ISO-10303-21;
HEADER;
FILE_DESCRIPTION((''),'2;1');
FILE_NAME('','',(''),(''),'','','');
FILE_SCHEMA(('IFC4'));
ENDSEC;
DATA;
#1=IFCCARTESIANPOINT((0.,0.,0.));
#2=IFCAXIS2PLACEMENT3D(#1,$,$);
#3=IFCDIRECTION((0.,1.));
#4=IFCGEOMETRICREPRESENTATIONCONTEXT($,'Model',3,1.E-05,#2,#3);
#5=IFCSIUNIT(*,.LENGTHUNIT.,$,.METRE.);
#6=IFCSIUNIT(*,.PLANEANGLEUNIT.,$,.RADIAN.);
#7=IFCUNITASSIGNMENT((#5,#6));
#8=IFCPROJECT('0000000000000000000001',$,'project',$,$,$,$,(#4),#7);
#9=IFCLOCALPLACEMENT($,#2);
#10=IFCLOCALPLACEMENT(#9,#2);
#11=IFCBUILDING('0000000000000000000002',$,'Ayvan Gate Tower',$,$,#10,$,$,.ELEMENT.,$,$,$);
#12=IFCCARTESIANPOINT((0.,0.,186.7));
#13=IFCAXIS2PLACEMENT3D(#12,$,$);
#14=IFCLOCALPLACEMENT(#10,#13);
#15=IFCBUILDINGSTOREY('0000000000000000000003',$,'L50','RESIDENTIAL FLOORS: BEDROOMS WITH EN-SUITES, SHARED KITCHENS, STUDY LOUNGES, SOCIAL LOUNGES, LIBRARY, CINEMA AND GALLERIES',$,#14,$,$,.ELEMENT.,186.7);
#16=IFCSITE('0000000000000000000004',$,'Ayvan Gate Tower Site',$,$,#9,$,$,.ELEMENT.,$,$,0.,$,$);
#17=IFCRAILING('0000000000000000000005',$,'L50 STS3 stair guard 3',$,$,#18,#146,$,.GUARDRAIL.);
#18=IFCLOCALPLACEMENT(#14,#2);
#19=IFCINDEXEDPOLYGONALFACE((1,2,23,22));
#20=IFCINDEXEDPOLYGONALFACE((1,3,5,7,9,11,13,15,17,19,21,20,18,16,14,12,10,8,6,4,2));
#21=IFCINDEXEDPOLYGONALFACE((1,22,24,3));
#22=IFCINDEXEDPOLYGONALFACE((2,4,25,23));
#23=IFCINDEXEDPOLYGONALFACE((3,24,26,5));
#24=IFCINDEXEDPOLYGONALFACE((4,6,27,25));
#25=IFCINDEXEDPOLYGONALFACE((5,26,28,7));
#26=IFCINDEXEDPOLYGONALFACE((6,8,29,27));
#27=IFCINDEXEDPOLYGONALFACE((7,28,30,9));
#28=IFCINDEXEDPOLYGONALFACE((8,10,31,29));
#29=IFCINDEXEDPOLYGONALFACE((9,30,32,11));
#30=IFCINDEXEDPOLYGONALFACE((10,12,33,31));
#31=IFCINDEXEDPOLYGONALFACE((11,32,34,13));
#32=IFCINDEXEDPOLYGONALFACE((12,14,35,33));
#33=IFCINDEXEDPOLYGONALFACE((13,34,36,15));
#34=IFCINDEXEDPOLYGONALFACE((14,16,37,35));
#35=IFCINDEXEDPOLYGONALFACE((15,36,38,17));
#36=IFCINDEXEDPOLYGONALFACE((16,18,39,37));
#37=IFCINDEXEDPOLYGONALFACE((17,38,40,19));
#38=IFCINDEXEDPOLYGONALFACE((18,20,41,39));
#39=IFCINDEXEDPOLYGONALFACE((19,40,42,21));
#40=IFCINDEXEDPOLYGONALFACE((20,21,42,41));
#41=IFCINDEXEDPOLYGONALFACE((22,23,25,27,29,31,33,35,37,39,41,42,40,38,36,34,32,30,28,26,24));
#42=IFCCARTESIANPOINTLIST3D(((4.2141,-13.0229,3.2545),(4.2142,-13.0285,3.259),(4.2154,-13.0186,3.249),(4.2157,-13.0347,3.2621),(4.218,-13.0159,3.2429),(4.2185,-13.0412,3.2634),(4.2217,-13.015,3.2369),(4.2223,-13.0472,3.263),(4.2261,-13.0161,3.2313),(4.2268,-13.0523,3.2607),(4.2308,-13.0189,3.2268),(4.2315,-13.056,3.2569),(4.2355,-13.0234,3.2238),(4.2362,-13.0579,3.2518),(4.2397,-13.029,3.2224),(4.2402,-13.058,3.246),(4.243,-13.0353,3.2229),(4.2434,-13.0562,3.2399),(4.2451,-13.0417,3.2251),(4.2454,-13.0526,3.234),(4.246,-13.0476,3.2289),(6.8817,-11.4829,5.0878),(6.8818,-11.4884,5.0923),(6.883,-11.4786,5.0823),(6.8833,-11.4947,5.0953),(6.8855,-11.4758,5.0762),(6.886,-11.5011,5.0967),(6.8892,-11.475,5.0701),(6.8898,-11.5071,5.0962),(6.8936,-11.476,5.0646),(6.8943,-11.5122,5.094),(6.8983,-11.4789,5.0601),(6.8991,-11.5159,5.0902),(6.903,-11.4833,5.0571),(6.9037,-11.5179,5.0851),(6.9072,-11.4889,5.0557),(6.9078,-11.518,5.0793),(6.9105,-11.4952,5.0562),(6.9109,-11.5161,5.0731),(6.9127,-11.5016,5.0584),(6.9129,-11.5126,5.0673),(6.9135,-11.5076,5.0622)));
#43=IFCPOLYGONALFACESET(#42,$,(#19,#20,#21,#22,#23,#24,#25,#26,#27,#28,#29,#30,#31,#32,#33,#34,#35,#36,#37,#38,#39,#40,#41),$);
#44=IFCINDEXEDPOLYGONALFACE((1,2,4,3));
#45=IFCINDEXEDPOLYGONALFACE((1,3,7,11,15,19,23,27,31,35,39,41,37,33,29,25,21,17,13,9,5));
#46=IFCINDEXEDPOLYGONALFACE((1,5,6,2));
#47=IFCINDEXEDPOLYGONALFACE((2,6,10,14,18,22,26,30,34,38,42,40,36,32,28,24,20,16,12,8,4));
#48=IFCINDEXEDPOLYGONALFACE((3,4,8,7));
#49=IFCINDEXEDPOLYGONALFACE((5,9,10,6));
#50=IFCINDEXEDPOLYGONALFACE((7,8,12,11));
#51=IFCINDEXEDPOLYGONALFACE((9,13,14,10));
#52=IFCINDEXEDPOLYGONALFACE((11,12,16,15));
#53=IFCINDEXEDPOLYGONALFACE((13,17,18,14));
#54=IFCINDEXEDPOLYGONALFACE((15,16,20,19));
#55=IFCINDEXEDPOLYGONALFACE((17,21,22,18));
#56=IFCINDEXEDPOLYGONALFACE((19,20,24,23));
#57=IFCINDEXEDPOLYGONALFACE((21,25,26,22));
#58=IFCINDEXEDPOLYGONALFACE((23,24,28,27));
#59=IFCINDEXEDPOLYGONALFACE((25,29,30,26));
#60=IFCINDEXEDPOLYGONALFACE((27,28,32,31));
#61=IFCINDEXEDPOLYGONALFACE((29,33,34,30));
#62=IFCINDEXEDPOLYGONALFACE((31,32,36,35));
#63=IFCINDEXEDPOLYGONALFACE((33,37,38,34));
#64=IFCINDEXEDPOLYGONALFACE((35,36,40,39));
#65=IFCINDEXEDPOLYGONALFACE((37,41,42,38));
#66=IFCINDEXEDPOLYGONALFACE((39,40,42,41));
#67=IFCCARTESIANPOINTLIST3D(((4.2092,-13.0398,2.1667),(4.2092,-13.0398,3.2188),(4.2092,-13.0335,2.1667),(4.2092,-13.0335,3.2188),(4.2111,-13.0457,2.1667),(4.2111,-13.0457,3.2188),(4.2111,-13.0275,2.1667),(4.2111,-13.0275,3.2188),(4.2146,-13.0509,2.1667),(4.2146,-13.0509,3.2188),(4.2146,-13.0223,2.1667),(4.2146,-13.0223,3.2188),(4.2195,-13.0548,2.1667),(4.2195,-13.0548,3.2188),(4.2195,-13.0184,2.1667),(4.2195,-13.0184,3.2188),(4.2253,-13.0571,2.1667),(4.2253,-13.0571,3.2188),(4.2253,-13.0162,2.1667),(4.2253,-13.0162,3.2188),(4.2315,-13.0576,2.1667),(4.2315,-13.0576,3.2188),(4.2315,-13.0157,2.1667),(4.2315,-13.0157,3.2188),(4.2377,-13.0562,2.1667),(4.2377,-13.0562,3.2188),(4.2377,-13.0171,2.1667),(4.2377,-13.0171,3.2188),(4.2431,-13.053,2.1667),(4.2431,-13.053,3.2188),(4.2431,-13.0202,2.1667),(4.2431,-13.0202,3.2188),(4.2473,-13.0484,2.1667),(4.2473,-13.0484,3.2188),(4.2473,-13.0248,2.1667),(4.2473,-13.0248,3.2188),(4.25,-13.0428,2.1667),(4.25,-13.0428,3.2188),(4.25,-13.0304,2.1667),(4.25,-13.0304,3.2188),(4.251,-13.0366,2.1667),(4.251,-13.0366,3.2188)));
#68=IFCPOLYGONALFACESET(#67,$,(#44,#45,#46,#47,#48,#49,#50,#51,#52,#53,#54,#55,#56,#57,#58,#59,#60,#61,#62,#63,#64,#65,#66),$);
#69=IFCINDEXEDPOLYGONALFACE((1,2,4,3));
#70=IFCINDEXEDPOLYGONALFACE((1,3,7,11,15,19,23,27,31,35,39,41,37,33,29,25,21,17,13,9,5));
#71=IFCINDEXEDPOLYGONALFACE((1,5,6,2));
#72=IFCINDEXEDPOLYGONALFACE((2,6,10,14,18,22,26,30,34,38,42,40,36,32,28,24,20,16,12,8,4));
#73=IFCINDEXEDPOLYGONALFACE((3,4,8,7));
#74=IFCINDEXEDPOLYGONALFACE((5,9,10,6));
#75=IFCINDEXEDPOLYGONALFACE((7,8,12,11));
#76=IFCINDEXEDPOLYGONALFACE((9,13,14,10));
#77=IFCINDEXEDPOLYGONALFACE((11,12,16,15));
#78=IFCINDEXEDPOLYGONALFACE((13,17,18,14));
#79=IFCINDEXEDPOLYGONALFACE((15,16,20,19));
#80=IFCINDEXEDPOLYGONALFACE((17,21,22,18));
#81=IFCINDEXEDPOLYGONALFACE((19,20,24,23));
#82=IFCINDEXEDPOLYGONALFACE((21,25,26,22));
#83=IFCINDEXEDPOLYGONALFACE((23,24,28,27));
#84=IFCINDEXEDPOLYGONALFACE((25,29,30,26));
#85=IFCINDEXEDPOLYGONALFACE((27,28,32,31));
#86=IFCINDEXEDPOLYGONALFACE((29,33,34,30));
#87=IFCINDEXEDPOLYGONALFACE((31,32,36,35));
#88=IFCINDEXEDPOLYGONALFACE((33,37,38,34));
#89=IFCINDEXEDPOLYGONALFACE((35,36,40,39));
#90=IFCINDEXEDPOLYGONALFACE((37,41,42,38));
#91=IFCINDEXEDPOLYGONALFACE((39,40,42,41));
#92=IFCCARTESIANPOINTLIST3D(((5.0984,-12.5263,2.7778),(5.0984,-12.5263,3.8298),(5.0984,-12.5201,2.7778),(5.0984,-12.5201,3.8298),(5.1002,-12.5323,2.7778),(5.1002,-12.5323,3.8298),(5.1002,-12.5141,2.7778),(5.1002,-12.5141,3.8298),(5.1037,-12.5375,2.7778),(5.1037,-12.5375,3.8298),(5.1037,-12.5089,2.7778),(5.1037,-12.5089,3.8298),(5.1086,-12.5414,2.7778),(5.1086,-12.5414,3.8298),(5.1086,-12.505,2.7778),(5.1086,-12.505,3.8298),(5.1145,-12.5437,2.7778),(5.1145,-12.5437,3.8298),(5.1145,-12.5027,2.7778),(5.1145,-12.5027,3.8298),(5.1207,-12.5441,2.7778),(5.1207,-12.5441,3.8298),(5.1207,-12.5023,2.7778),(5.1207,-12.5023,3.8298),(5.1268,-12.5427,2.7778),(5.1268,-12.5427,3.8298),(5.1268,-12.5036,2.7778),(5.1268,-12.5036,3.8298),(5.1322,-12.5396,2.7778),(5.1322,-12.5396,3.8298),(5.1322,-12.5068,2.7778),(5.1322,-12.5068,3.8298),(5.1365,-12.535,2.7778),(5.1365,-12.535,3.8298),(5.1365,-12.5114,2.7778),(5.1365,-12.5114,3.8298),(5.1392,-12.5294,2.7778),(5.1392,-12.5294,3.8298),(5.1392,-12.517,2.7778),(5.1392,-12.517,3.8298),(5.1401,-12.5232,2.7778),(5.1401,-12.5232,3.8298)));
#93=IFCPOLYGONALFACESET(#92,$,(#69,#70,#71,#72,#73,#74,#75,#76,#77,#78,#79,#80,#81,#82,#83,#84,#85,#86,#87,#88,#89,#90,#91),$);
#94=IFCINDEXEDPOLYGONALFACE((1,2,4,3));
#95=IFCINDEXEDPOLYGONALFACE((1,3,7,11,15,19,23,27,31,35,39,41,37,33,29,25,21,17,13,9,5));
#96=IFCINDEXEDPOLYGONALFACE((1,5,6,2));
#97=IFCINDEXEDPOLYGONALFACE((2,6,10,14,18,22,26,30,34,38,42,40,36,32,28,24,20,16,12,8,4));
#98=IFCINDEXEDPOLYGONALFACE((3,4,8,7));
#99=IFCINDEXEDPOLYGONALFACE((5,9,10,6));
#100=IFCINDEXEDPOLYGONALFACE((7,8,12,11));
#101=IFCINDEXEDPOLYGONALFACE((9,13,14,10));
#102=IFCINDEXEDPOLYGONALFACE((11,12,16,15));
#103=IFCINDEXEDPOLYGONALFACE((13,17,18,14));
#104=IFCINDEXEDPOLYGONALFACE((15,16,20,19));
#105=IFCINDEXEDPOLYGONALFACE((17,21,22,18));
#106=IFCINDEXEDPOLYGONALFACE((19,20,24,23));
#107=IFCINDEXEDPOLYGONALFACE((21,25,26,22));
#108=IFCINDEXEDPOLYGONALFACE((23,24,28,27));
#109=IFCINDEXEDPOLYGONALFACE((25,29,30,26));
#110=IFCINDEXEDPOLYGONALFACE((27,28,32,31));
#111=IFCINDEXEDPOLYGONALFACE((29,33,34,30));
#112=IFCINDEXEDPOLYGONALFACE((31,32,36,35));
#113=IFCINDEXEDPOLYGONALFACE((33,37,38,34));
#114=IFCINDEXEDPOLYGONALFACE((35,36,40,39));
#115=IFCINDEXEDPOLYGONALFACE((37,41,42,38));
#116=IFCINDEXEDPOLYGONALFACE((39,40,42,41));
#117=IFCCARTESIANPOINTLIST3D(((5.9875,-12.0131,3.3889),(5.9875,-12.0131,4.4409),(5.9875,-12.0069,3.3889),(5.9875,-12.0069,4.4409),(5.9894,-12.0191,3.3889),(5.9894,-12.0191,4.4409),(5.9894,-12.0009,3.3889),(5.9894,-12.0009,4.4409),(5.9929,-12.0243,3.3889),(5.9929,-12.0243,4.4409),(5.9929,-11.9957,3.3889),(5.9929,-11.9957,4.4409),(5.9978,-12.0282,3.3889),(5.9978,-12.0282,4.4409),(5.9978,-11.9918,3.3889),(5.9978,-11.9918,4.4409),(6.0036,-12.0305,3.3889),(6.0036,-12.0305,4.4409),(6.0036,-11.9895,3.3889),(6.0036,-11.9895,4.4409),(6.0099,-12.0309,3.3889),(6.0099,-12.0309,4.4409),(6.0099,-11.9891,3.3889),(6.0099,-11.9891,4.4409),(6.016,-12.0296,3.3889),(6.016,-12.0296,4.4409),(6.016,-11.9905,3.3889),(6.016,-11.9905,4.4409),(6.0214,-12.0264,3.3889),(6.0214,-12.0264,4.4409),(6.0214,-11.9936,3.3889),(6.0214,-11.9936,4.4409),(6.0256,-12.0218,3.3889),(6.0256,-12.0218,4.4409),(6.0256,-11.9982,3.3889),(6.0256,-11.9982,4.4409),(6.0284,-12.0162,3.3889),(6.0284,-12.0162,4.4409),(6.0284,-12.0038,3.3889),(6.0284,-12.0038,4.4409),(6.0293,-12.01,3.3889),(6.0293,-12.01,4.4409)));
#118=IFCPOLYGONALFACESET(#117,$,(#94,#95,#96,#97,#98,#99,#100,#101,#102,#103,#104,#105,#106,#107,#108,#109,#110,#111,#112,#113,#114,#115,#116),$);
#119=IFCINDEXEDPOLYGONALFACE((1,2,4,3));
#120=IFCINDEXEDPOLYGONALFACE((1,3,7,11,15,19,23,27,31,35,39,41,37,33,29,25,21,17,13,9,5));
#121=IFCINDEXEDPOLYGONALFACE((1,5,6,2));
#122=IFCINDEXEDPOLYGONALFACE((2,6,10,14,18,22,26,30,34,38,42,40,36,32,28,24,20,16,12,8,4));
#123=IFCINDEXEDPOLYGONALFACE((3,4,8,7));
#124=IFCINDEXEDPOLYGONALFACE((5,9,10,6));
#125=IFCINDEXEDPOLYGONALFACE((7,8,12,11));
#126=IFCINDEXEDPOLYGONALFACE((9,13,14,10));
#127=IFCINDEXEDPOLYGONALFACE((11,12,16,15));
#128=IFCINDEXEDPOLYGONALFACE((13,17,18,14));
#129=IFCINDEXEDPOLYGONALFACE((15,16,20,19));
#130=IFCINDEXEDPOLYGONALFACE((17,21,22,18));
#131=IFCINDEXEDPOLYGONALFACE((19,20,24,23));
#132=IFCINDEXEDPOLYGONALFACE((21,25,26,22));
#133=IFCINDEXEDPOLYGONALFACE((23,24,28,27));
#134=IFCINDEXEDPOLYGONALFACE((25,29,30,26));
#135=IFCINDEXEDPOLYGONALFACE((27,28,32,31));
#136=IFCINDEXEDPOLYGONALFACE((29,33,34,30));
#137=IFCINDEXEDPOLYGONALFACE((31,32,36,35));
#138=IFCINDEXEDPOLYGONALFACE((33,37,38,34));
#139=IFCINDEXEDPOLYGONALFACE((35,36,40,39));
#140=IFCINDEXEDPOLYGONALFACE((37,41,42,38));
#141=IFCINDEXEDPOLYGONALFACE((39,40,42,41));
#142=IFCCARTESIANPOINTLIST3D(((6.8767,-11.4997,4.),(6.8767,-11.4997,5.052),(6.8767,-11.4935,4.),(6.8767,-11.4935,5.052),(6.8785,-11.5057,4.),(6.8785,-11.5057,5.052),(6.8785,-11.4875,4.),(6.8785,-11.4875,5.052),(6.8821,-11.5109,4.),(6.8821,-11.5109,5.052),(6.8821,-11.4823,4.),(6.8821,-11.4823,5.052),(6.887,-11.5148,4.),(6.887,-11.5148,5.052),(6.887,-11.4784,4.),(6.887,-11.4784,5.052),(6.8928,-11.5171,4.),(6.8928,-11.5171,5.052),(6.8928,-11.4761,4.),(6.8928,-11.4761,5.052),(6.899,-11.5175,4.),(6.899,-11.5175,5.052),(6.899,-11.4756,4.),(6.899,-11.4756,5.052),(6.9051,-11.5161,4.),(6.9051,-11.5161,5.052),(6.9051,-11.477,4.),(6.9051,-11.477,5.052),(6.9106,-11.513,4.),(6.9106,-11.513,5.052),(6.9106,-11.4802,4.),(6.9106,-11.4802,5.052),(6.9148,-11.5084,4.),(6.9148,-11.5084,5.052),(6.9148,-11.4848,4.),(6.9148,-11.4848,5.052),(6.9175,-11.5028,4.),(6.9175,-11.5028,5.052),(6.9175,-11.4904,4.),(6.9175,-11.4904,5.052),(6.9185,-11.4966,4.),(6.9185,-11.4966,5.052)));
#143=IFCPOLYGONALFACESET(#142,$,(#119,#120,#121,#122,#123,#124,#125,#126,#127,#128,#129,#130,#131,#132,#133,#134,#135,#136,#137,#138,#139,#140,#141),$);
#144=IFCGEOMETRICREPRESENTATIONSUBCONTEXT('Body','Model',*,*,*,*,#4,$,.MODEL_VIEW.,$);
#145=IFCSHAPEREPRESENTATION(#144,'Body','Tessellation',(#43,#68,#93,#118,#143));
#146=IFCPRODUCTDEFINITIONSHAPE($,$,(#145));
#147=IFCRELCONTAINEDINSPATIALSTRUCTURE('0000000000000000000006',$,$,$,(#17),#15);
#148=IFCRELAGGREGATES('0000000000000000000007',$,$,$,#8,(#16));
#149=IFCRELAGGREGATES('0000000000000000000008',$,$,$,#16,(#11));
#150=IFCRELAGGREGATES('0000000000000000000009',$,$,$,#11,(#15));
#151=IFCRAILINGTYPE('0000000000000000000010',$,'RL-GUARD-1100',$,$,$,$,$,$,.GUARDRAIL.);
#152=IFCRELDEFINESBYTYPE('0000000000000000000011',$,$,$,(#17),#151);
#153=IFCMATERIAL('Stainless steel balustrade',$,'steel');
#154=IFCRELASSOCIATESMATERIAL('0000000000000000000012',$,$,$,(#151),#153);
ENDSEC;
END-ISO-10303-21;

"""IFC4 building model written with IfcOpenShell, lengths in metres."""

from ifc_helpers import new_model, si_unit, direction, frame, origin, origin_2d, place, context, subcontext, project, spatial, circle, extrude, material, type_object, element, save


model = new_model("IFC4")

# Units and contexts
model_context = context("Model", 3, precision=1e-05, world=origin(), true_north=direction((0.0, 1.0)))
body_context = subcontext(model_context, "Body", "Model", "MODEL_VIEW")
ifc_project = project(units=[si_unit("LENGTHUNIT", "METRE"), si_unit("PLANEANGLEUNIT", "RADIAN")], contexts=[model_context])

# Site, building, storey
site_placement = place(None, origin())
site = spatial("IfcSite", under=ifc_project, at=site_placement, Name="Ayvan Gate Tower Site", CompositionType="ELEMENT", RefElevation=0.0)
building_placement = place(site_placement, origin())
building = spatial("IfcBuilding", under=site, at=building_placement, Name="Ayvan Gate Tower", CompositionType="ELEMENT")
storey_placement = place(building_placement, frame((0.0, 0.0, 186.7)))
storey = spatial("IfcBuildingStorey", under=building, at=storey_placement, Name="L50", Description="RESIDENTIAL FLOORS: BEDROOMS WITH EN-SUITES, SHARED KITCHENS, STUDY LOUNGES, SOCIAL LOUNGES, LIBRARY, CINEMA AND GALLERIES", CompositionType="ELEMENT", Elevation=186.7)

# Railing
ifc_material_1 = material(Name="Stainless steel balustrade", Category="steel")
railing_type_1 = type_object("IfcRailingType", Name="RL-GUARD-1100", PredefinedType="GUARDRAIL", material=ifc_material_1)
railing_1_placement = place(storey_placement, frame((4.23, -13.0366, 2.1667)))
element("IfcRailing", 1, at=railing_1_placement, inside=storey, type_object=railing_type_1, Name="L50 STS3 stair guard 3", PredefinedType="GUARDRAIL", context=body_context, shape_type="SweptSolid", body=[
    extrude(circle(Radius=0.0239, at=origin_2d()), frame((0.0, 0.0, 1.0762), z_axis=(0.74419, 0.429649, 0.511452), x_axis=(-0.499992, 0.86603, 0.0)), (0.0, 0.0, 1.0), 3.5845),
    extrude(circle(Radius=0.021, at=origin_2d()), origin(), (0.0, 0.0, 1.0), 1.052),
    extrude(circle(Radius=0.021, at=origin_2d()), frame((0.8892, 0.5134, 0.6111)), (0.0, 0.0, 1.0), 1.052),
    extrude(circle(Radius=0.021, at=origin_2d()), frame((1.7783, 1.0266, 1.2222)), (0.0, 0.0, 1.0), 1.052),
    extrude(circle(Radius=0.021, at=origin_2d()), frame((2.6675, 1.54, 1.8333)), (0.0, 0.0, 1.0), 1.052),
])

save(model, "model.ifc")
